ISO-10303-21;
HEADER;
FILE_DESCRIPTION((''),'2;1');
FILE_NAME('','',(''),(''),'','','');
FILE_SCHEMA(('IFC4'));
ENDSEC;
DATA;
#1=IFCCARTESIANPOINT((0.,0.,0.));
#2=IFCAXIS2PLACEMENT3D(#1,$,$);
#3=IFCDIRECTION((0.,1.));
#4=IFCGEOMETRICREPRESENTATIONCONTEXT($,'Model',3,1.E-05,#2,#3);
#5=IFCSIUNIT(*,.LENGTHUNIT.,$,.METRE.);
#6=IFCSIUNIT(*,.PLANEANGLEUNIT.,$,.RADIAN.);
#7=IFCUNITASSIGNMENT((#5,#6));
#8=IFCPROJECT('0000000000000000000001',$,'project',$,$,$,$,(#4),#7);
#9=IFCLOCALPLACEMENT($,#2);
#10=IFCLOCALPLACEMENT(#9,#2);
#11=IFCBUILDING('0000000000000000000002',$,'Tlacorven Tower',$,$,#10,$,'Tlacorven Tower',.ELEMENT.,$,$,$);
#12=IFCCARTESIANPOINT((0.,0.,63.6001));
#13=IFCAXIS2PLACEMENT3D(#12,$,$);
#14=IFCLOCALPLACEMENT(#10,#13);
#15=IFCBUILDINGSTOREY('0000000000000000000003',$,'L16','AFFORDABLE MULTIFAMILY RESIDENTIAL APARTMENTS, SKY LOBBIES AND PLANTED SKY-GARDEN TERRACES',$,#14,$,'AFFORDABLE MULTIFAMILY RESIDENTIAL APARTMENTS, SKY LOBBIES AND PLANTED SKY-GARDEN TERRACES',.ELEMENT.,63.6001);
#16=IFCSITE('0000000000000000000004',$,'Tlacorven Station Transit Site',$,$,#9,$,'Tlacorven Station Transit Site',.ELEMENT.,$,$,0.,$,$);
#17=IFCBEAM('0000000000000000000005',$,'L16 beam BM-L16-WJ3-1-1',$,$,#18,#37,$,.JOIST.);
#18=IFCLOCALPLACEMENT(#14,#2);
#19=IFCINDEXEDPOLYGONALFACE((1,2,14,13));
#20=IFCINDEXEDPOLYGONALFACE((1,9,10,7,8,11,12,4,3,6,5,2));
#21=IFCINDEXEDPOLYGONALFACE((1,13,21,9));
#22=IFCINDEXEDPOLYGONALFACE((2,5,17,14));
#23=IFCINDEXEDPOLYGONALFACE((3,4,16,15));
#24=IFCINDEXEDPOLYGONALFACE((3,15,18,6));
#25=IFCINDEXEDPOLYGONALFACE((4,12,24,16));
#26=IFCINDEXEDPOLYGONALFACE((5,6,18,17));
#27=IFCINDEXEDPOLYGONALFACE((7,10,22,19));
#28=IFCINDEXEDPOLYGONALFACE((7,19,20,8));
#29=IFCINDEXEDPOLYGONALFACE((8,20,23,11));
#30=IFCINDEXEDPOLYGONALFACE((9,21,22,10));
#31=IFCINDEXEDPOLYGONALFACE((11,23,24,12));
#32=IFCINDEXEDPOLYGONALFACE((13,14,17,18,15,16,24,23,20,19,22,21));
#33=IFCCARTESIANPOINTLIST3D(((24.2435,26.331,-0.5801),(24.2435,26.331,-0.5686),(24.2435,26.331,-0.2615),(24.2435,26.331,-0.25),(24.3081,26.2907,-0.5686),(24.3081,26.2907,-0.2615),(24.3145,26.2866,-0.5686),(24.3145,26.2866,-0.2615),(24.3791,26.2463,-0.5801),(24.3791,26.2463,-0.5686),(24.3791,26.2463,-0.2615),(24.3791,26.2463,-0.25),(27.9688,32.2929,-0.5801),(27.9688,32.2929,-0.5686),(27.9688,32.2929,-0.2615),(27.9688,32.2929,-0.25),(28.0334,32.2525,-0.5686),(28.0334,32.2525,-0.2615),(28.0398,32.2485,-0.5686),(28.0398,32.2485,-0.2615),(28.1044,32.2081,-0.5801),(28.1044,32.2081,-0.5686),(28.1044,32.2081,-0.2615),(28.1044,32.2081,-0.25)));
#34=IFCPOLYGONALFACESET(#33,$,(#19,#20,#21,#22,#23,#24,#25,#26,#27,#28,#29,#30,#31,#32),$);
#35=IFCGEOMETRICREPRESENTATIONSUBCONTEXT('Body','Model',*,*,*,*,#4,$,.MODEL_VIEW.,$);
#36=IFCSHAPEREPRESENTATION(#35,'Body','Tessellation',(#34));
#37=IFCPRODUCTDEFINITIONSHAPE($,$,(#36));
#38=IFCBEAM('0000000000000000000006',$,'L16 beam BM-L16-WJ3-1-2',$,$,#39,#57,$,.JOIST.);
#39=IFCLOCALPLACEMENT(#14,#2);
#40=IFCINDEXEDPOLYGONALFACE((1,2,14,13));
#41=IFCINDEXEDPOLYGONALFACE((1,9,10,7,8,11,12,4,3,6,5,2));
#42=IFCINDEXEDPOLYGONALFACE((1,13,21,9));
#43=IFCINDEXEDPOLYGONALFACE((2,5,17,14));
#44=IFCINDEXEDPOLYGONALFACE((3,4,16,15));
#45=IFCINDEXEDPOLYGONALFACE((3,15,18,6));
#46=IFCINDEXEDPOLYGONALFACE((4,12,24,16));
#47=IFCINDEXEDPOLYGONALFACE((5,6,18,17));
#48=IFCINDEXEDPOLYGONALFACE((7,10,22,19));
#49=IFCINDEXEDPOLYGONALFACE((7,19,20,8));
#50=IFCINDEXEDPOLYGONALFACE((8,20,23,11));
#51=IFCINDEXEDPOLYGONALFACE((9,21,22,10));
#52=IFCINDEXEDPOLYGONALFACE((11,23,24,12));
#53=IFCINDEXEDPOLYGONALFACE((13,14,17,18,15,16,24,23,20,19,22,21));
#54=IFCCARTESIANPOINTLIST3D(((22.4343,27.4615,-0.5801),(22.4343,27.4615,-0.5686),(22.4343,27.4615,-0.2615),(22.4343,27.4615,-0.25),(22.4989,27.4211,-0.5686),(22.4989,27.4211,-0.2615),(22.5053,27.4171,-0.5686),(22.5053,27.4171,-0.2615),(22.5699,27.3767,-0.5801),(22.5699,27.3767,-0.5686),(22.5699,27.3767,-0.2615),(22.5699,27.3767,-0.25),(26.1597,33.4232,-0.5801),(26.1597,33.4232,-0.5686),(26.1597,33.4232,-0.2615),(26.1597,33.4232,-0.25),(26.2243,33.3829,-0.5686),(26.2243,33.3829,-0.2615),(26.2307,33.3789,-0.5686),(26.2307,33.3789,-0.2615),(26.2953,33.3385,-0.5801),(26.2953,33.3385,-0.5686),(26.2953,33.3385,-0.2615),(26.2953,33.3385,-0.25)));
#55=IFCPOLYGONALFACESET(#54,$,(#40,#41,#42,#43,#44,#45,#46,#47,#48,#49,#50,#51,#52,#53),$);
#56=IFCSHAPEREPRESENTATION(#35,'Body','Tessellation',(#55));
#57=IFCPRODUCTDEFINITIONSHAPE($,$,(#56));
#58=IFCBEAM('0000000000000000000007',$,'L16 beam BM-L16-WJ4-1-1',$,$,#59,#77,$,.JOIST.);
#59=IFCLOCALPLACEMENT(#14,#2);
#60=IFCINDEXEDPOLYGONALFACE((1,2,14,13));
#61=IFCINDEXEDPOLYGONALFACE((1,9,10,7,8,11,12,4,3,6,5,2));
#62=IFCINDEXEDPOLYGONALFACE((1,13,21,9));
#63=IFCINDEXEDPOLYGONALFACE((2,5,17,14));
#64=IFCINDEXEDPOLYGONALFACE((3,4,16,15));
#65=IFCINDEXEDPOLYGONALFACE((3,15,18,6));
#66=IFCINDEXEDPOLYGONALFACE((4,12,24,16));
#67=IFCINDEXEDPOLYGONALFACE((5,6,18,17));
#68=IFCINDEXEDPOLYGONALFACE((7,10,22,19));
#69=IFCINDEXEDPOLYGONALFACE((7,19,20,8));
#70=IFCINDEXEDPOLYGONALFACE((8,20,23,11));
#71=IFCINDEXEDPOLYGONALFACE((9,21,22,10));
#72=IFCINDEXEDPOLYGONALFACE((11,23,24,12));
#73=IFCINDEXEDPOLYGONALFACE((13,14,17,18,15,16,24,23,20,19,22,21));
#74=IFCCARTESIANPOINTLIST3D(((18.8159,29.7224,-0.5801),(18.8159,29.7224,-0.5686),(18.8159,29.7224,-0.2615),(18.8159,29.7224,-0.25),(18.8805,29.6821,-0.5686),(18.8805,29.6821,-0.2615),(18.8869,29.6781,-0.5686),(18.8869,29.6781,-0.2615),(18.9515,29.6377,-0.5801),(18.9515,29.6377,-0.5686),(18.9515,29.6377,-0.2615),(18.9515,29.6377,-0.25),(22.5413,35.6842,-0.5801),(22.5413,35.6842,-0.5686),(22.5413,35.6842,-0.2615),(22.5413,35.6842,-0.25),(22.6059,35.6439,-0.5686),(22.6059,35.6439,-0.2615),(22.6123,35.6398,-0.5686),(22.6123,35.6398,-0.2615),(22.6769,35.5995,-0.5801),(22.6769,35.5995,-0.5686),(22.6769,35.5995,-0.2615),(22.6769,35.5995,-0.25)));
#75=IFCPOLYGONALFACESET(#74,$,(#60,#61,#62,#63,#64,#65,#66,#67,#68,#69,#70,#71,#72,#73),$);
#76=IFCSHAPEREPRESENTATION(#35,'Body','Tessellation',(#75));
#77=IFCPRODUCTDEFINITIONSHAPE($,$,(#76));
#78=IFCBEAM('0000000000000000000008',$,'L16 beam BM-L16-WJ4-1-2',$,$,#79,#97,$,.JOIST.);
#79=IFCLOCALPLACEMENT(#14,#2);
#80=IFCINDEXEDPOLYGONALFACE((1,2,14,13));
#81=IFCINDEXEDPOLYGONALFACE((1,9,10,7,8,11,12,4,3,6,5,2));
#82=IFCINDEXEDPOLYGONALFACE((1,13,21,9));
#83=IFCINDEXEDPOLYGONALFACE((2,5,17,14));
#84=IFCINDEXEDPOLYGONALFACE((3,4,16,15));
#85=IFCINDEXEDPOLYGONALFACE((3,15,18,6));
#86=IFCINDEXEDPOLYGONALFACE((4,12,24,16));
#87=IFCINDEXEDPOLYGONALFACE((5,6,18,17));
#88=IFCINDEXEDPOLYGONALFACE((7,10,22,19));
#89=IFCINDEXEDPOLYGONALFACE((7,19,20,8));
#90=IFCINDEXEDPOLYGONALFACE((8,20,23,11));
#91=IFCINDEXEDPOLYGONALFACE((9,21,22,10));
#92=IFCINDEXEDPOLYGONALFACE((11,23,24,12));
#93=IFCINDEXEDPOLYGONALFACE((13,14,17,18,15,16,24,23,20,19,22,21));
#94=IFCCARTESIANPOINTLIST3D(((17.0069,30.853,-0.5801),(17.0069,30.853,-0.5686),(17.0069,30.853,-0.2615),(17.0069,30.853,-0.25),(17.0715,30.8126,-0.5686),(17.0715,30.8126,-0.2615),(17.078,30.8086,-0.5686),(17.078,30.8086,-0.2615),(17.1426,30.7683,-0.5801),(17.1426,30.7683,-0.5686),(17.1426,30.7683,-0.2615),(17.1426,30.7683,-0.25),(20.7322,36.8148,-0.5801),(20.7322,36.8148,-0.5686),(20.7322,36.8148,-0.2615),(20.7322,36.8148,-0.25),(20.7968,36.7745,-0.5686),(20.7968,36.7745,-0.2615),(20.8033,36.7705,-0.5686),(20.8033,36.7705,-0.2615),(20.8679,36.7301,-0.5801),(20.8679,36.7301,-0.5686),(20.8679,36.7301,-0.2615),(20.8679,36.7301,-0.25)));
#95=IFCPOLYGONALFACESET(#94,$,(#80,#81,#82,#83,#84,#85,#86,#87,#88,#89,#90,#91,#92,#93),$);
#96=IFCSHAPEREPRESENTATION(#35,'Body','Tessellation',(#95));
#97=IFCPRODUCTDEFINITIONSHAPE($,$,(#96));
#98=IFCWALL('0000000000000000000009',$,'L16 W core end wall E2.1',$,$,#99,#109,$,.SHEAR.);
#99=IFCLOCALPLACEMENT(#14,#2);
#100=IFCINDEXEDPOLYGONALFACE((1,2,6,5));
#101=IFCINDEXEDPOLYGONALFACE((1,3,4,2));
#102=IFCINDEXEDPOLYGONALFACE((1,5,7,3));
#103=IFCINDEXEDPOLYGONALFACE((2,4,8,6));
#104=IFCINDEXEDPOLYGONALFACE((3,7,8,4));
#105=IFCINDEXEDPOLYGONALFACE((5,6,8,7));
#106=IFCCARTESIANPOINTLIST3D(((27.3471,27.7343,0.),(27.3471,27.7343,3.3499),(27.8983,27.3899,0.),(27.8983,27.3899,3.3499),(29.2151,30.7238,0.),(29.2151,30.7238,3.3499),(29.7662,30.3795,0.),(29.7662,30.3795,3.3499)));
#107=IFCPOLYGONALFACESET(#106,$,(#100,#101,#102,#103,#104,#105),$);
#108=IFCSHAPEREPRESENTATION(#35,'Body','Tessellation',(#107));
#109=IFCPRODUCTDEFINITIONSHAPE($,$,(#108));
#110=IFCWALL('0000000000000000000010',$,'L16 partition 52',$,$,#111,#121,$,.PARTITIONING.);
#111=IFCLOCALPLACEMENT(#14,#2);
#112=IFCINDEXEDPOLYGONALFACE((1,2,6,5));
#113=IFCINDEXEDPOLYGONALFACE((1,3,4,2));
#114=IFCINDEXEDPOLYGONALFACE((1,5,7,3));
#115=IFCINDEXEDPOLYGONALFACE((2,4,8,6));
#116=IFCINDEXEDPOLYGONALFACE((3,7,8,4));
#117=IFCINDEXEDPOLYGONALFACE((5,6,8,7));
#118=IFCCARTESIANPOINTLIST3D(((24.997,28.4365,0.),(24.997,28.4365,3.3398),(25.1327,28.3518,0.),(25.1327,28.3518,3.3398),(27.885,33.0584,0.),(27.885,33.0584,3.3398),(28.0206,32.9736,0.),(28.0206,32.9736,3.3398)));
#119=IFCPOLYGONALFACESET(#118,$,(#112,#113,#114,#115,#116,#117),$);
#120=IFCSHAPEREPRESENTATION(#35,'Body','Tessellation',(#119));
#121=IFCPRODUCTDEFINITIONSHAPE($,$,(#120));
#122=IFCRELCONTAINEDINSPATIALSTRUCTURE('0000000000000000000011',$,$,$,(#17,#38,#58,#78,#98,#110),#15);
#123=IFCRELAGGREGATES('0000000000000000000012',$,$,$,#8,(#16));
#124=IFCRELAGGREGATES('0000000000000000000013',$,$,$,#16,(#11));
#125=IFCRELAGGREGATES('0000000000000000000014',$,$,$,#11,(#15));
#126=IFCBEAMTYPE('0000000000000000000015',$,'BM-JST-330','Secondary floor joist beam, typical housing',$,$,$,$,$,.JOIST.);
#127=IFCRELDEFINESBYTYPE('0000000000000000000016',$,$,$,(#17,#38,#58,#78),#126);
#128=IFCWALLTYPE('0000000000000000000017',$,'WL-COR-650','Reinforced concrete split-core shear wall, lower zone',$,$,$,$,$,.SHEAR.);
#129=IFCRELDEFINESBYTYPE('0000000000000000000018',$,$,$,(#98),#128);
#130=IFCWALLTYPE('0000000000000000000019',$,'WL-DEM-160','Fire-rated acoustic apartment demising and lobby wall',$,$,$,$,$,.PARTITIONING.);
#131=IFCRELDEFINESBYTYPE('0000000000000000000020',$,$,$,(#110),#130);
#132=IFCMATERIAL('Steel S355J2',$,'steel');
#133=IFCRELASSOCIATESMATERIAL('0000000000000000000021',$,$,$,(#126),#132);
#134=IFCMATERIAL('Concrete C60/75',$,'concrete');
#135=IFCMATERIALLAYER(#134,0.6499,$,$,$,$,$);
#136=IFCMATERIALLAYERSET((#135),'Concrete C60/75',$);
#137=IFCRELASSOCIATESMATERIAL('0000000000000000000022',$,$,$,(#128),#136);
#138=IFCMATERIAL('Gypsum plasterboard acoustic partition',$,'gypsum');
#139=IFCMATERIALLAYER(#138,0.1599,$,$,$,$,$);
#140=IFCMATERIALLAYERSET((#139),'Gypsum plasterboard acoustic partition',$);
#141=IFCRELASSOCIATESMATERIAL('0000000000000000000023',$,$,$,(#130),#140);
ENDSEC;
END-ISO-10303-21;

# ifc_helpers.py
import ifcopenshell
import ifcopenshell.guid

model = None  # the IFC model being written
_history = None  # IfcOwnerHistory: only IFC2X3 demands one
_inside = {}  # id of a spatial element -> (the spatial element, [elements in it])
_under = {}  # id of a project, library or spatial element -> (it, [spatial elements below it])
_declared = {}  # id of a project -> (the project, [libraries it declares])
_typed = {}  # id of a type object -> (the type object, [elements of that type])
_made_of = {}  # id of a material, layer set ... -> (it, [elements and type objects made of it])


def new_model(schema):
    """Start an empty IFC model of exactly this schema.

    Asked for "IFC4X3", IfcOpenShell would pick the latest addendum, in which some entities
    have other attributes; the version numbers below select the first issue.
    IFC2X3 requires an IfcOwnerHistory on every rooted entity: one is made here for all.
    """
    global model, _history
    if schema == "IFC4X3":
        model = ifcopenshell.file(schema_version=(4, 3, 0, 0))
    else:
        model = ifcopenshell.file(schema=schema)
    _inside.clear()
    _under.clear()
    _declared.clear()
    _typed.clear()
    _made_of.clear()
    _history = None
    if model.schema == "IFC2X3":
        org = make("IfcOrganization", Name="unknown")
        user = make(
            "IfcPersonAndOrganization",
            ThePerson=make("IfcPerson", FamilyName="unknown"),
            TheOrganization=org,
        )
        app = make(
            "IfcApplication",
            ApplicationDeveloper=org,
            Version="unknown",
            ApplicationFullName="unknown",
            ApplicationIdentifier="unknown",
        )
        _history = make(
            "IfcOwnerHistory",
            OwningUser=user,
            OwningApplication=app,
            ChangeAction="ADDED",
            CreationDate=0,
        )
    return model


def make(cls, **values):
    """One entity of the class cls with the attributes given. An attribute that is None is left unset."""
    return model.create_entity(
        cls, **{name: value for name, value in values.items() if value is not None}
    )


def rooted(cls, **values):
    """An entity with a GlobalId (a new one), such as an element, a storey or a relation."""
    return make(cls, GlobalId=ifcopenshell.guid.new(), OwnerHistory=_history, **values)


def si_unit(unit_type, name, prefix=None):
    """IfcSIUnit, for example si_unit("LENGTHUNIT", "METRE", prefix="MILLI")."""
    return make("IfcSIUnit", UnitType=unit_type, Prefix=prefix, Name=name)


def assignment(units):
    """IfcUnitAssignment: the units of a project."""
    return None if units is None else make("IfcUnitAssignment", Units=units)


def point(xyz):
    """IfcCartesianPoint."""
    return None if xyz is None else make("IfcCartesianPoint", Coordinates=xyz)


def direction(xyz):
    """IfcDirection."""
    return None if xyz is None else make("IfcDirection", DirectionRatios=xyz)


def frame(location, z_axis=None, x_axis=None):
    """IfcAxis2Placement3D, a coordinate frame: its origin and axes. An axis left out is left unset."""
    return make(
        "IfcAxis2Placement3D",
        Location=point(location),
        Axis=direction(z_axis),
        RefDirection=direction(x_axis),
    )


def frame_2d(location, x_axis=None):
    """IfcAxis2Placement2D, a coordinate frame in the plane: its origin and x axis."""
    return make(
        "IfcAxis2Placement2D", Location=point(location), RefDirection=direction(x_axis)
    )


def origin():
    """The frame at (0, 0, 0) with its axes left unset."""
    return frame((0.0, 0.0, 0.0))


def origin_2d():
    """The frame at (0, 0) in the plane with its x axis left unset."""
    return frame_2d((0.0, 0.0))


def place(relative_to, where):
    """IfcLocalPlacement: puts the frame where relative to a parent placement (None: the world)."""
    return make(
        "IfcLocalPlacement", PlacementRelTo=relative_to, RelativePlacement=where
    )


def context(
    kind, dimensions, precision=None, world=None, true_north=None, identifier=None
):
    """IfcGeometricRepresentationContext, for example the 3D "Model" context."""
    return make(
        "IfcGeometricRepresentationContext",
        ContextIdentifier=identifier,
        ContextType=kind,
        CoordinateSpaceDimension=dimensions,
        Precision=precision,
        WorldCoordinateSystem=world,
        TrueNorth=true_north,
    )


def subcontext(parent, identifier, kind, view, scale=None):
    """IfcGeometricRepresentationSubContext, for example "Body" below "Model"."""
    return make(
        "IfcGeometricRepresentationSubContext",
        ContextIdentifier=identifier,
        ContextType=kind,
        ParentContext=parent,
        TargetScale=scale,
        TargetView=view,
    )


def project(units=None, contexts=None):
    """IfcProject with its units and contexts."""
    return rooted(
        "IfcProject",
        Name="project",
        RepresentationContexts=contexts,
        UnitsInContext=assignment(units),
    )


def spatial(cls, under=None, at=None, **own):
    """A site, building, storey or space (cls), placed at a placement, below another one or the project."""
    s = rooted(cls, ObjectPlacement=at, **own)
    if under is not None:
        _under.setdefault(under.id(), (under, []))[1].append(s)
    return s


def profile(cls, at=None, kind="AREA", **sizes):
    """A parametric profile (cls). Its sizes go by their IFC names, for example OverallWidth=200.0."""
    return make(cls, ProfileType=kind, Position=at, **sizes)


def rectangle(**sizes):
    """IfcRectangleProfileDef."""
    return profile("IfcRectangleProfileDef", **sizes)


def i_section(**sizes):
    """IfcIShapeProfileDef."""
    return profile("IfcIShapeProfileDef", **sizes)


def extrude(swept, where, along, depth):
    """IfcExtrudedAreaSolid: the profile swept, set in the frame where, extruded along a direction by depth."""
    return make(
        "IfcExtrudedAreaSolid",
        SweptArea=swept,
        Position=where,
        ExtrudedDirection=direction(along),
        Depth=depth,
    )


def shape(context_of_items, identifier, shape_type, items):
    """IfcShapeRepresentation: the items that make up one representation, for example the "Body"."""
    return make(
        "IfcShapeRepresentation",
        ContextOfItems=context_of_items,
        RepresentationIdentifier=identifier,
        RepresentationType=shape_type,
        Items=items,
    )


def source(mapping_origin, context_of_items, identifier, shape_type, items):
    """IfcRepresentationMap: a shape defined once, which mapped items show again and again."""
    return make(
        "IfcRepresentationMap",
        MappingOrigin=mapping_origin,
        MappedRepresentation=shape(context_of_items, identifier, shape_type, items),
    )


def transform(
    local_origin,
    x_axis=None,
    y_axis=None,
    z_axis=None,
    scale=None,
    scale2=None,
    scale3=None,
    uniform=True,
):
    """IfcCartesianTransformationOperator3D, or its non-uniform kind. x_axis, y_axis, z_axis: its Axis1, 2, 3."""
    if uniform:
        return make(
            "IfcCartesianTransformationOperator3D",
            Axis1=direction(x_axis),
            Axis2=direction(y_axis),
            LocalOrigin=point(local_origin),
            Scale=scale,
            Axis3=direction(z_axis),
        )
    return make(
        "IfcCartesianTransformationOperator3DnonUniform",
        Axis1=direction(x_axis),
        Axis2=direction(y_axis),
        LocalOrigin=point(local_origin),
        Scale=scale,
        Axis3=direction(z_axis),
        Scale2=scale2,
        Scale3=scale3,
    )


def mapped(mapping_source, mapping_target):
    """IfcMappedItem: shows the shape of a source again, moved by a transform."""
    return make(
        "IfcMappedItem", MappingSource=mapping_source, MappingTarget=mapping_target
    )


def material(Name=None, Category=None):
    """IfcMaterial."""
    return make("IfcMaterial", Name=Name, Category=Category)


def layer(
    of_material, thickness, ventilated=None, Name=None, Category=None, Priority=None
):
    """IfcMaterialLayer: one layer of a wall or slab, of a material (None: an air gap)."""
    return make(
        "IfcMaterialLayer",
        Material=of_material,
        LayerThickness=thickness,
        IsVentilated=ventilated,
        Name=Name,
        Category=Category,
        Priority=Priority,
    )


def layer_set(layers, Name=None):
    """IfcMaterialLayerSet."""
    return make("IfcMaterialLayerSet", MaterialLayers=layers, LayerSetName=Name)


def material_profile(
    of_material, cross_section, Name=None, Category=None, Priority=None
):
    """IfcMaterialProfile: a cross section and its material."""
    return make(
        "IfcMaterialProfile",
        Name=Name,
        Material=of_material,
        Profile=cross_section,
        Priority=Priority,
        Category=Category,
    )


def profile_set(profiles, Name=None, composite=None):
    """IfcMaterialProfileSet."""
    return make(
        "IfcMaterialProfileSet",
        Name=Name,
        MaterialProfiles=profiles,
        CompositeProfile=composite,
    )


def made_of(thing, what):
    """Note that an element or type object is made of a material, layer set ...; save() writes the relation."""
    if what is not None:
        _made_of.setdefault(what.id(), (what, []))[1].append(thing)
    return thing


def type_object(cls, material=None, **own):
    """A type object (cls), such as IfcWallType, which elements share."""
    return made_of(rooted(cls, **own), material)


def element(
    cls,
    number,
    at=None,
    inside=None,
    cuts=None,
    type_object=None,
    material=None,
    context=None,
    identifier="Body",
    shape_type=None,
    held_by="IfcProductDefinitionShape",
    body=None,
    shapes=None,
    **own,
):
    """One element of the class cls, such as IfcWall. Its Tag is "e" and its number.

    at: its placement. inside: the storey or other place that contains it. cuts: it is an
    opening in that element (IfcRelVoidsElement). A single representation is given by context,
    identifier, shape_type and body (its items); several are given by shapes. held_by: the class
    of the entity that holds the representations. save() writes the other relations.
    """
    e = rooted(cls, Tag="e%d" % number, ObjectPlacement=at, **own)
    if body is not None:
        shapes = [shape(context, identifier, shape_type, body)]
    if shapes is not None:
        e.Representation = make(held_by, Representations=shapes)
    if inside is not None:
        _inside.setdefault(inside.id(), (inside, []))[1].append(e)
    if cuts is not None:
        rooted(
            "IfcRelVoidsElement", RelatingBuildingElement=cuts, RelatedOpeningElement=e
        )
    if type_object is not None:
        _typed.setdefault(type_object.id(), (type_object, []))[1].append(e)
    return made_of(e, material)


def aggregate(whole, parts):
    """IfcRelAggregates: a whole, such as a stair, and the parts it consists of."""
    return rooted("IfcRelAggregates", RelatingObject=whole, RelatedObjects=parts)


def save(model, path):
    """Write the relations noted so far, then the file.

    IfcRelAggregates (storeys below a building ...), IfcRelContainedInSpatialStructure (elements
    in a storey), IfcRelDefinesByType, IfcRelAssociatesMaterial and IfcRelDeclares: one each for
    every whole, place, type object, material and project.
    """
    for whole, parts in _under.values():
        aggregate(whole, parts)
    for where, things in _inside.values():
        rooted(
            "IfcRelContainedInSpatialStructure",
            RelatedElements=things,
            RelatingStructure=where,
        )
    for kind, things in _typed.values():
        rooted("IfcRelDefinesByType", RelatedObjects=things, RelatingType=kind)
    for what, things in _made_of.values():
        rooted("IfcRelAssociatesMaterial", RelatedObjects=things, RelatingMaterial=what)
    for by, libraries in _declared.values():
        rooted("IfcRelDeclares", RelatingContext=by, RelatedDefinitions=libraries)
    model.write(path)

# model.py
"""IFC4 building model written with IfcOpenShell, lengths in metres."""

from ifc_helpers import new_model, si_unit, direction, frame, frame_2d, origin, origin_2d, place, context, subcontext, project, spatial, rectangle, i_section, extrude, source, transform, mapped, material, layer, layer_set, material_profile, profile_set, type_object, element, save


model = new_model("IFC4")

# Units and contexts
model_context = context("Model", 3, precision=1e-05, world=origin(), true_north=direction((0.0, 1.0)))
body_context = subcontext(model_context, "Body", "Model", "MODEL_VIEW")
ifc_project = project(units=[si_unit("LENGTHUNIT", "METRE"), si_unit("PLANEANGLEUNIT", "RADIAN")], contexts=[model_context])

# Site, building, storey
site_placement = place(None, origin())
site = spatial("IfcSite", under=ifc_project, at=site_placement, Name="Tlacorven Station Transit Site", LongName="Tlacorven Station Transit Site", CompositionType="ELEMENT", RefElevation=0.0)
building_placement = place(site_placement, origin())
building = spatial("IfcBuilding", under=site, at=building_placement, Name="Tlacorven Tower", LongName="Tlacorven Tower", CompositionType="ELEMENT")
storey_placement = place(building_placement, frame((0.0, 0.0, 63.6001)))
storey = spatial("IfcBuildingStorey", under=building, at=storey_placement, Name="L16", Description="AFFORDABLE MULTIFAMILY RESIDENTIAL APARTMENTS, SKY LOBBIES AND PLANTED SKY-GARDEN TERRACES", LongName="AFFORDABLE MULTIFAMILY RESIDENTIAL APARTMENTS, SKY LOBBIES AND PLANTED SKY-GARDEN TERRACES", CompositionType="ELEMENT", Elevation=63.6001)

# Beams
ifc_material_1 = material(Name="Steel S355J2", Category="steel")
ifc_material_profile_1 = material_profile(ifc_material_1, i_section(OverallWidth=0.1599, OverallDepth=0.3301, WebThickness=0.0076, FlangeThickness=0.0115, at=origin_2d()), Name="IPE 330")
ifc_profile_set_1 = profile_set([ifc_material_profile_1], Name="Steel S355J2")
beam_type_1 = type_object("IfcBeamType", Name="BM-JST-330", Description="Secondary floor joist beam, typical housing", PredefinedType="JOIST", material=ifc_profile_set_1)
shared_shape_1 = source(origin(), body_context, "Body", "SweptSolid", [
    extrude(i_section(OverallWidth=0.1599, OverallDepth=0.3301, WebThickness=0.0076, FlangeThickness=0.0115, at=origin_2d()), origin(), (0.0, 0.0, 1.0), 7.03),
])
for number, where, z_axis, x_axis, name in (
    (1, (28.0366, 32.2505, -0.415), (-0.529912, -0.848053, 0.0), (0.848053, -0.529912, 0.0), "L16 beam BM-L16-WJ3-1-1"),
    (2, (26.2275, 33.3809, -0.415), (-0.529927, -0.848043, 0.0), (0.848043, -0.529927, 0.0), "L16 beam BM-L16-WJ3-1-2"),
    (3, (22.6091, 35.6418, -0.415), (-0.529927, -0.848043, 0.0), (0.848043, -0.529927, 0.0), "L16 beam BM-L16-WJ4-1-1"),
    (4, (20.8, 36.7725, -0.415), (-0.529912, -0.848053, 0.0), (0.848053, -0.529912, 0.0), "L16 beam BM-L16-WJ4-1-2"),
):
    element("IfcBeam", number, at=place(storey_placement, frame(where, z_axis=z_axis, x_axis=x_axis)), inside=storey, type_object=beam_type_1, Name=name, PredefinedType="JOIST", context=body_context, shape_type="MappedRepresentation", body=[
        mapped(shared_shape_1, transform((0.0, 0.0, 0.0), scale=1.0)),
    ])

# Walls
ifc_material_2 = material(Name="Concrete C60/75", Category="concrete")
ifc_layer_1 = layer(ifc_material_2, 0.6499)
ifc_layer_set_1 = layer_set([ifc_layer_1], Name="Concrete C60/75")
wall_type_1 = type_object("IfcWallType", Name="WL-COR-650", Description="Reinforced concrete split-core shear wall, lower zone", PredefinedType="SHEAR", material=ifc_layer_set_1)
wall_1_placement = place(storey_placement, frame((29.4907, 30.5518, 0.0), z_axis=(0.0, 0.0, 1.0), x_axis=(-0.529893, -0.848064, 0.0)))
element("IfcWall", 5, at=wall_1_placement, inside=storey, type_object=wall_type_1, Name="L16 W core end wall E2.1", PredefinedType="SHEAR", context=body_context, shape_type="SweptSolid", body=[
    extrude(rectangle(XDim=3.5251, YDim=0.6499, at=frame_2d((1.7627, 0.0))), origin(), (0.0, 0.0, 1.0), 3.3499),
])
ifc_material_3 = material(Name="Gypsum plasterboard acoustic partition", Category="gypsum")
ifc_layer_2 = layer(ifc_material_3, 0.1599)
ifc_layer_set_2 = layer_set([ifc_layer_2], Name="Gypsum plasterboard acoustic partition")
wall_type_2 = type_object("IfcWallType", Name="WL-DEM-160", Description="Fire-rated acoustic apartment demising and lobby wall", PredefinedType="PARTITIONING", material=ifc_layer_set_2)
wall_2_placement = place(storey_placement, frame((27.9529, 33.0161, 0.0), z_axis=(0.0, 0.0, 1.0), x_axis=(-0.529906, -0.848056, 0.0)))
element("IfcWall", 6, at=wall_2_placement, inside=storey, type_object=wall_type_2, Name="L16 partition 52", PredefinedType="PARTITIONING", context=body_context, shape_type="SweptSolid", body=[
    extrude(rectangle(XDim=5.45, YDim=0.1599, at=frame_2d((2.7251, 0.0))), origin(), (0.0, 0.0, 1.0), 3.3398),
])

save(model, "model.ifc")
